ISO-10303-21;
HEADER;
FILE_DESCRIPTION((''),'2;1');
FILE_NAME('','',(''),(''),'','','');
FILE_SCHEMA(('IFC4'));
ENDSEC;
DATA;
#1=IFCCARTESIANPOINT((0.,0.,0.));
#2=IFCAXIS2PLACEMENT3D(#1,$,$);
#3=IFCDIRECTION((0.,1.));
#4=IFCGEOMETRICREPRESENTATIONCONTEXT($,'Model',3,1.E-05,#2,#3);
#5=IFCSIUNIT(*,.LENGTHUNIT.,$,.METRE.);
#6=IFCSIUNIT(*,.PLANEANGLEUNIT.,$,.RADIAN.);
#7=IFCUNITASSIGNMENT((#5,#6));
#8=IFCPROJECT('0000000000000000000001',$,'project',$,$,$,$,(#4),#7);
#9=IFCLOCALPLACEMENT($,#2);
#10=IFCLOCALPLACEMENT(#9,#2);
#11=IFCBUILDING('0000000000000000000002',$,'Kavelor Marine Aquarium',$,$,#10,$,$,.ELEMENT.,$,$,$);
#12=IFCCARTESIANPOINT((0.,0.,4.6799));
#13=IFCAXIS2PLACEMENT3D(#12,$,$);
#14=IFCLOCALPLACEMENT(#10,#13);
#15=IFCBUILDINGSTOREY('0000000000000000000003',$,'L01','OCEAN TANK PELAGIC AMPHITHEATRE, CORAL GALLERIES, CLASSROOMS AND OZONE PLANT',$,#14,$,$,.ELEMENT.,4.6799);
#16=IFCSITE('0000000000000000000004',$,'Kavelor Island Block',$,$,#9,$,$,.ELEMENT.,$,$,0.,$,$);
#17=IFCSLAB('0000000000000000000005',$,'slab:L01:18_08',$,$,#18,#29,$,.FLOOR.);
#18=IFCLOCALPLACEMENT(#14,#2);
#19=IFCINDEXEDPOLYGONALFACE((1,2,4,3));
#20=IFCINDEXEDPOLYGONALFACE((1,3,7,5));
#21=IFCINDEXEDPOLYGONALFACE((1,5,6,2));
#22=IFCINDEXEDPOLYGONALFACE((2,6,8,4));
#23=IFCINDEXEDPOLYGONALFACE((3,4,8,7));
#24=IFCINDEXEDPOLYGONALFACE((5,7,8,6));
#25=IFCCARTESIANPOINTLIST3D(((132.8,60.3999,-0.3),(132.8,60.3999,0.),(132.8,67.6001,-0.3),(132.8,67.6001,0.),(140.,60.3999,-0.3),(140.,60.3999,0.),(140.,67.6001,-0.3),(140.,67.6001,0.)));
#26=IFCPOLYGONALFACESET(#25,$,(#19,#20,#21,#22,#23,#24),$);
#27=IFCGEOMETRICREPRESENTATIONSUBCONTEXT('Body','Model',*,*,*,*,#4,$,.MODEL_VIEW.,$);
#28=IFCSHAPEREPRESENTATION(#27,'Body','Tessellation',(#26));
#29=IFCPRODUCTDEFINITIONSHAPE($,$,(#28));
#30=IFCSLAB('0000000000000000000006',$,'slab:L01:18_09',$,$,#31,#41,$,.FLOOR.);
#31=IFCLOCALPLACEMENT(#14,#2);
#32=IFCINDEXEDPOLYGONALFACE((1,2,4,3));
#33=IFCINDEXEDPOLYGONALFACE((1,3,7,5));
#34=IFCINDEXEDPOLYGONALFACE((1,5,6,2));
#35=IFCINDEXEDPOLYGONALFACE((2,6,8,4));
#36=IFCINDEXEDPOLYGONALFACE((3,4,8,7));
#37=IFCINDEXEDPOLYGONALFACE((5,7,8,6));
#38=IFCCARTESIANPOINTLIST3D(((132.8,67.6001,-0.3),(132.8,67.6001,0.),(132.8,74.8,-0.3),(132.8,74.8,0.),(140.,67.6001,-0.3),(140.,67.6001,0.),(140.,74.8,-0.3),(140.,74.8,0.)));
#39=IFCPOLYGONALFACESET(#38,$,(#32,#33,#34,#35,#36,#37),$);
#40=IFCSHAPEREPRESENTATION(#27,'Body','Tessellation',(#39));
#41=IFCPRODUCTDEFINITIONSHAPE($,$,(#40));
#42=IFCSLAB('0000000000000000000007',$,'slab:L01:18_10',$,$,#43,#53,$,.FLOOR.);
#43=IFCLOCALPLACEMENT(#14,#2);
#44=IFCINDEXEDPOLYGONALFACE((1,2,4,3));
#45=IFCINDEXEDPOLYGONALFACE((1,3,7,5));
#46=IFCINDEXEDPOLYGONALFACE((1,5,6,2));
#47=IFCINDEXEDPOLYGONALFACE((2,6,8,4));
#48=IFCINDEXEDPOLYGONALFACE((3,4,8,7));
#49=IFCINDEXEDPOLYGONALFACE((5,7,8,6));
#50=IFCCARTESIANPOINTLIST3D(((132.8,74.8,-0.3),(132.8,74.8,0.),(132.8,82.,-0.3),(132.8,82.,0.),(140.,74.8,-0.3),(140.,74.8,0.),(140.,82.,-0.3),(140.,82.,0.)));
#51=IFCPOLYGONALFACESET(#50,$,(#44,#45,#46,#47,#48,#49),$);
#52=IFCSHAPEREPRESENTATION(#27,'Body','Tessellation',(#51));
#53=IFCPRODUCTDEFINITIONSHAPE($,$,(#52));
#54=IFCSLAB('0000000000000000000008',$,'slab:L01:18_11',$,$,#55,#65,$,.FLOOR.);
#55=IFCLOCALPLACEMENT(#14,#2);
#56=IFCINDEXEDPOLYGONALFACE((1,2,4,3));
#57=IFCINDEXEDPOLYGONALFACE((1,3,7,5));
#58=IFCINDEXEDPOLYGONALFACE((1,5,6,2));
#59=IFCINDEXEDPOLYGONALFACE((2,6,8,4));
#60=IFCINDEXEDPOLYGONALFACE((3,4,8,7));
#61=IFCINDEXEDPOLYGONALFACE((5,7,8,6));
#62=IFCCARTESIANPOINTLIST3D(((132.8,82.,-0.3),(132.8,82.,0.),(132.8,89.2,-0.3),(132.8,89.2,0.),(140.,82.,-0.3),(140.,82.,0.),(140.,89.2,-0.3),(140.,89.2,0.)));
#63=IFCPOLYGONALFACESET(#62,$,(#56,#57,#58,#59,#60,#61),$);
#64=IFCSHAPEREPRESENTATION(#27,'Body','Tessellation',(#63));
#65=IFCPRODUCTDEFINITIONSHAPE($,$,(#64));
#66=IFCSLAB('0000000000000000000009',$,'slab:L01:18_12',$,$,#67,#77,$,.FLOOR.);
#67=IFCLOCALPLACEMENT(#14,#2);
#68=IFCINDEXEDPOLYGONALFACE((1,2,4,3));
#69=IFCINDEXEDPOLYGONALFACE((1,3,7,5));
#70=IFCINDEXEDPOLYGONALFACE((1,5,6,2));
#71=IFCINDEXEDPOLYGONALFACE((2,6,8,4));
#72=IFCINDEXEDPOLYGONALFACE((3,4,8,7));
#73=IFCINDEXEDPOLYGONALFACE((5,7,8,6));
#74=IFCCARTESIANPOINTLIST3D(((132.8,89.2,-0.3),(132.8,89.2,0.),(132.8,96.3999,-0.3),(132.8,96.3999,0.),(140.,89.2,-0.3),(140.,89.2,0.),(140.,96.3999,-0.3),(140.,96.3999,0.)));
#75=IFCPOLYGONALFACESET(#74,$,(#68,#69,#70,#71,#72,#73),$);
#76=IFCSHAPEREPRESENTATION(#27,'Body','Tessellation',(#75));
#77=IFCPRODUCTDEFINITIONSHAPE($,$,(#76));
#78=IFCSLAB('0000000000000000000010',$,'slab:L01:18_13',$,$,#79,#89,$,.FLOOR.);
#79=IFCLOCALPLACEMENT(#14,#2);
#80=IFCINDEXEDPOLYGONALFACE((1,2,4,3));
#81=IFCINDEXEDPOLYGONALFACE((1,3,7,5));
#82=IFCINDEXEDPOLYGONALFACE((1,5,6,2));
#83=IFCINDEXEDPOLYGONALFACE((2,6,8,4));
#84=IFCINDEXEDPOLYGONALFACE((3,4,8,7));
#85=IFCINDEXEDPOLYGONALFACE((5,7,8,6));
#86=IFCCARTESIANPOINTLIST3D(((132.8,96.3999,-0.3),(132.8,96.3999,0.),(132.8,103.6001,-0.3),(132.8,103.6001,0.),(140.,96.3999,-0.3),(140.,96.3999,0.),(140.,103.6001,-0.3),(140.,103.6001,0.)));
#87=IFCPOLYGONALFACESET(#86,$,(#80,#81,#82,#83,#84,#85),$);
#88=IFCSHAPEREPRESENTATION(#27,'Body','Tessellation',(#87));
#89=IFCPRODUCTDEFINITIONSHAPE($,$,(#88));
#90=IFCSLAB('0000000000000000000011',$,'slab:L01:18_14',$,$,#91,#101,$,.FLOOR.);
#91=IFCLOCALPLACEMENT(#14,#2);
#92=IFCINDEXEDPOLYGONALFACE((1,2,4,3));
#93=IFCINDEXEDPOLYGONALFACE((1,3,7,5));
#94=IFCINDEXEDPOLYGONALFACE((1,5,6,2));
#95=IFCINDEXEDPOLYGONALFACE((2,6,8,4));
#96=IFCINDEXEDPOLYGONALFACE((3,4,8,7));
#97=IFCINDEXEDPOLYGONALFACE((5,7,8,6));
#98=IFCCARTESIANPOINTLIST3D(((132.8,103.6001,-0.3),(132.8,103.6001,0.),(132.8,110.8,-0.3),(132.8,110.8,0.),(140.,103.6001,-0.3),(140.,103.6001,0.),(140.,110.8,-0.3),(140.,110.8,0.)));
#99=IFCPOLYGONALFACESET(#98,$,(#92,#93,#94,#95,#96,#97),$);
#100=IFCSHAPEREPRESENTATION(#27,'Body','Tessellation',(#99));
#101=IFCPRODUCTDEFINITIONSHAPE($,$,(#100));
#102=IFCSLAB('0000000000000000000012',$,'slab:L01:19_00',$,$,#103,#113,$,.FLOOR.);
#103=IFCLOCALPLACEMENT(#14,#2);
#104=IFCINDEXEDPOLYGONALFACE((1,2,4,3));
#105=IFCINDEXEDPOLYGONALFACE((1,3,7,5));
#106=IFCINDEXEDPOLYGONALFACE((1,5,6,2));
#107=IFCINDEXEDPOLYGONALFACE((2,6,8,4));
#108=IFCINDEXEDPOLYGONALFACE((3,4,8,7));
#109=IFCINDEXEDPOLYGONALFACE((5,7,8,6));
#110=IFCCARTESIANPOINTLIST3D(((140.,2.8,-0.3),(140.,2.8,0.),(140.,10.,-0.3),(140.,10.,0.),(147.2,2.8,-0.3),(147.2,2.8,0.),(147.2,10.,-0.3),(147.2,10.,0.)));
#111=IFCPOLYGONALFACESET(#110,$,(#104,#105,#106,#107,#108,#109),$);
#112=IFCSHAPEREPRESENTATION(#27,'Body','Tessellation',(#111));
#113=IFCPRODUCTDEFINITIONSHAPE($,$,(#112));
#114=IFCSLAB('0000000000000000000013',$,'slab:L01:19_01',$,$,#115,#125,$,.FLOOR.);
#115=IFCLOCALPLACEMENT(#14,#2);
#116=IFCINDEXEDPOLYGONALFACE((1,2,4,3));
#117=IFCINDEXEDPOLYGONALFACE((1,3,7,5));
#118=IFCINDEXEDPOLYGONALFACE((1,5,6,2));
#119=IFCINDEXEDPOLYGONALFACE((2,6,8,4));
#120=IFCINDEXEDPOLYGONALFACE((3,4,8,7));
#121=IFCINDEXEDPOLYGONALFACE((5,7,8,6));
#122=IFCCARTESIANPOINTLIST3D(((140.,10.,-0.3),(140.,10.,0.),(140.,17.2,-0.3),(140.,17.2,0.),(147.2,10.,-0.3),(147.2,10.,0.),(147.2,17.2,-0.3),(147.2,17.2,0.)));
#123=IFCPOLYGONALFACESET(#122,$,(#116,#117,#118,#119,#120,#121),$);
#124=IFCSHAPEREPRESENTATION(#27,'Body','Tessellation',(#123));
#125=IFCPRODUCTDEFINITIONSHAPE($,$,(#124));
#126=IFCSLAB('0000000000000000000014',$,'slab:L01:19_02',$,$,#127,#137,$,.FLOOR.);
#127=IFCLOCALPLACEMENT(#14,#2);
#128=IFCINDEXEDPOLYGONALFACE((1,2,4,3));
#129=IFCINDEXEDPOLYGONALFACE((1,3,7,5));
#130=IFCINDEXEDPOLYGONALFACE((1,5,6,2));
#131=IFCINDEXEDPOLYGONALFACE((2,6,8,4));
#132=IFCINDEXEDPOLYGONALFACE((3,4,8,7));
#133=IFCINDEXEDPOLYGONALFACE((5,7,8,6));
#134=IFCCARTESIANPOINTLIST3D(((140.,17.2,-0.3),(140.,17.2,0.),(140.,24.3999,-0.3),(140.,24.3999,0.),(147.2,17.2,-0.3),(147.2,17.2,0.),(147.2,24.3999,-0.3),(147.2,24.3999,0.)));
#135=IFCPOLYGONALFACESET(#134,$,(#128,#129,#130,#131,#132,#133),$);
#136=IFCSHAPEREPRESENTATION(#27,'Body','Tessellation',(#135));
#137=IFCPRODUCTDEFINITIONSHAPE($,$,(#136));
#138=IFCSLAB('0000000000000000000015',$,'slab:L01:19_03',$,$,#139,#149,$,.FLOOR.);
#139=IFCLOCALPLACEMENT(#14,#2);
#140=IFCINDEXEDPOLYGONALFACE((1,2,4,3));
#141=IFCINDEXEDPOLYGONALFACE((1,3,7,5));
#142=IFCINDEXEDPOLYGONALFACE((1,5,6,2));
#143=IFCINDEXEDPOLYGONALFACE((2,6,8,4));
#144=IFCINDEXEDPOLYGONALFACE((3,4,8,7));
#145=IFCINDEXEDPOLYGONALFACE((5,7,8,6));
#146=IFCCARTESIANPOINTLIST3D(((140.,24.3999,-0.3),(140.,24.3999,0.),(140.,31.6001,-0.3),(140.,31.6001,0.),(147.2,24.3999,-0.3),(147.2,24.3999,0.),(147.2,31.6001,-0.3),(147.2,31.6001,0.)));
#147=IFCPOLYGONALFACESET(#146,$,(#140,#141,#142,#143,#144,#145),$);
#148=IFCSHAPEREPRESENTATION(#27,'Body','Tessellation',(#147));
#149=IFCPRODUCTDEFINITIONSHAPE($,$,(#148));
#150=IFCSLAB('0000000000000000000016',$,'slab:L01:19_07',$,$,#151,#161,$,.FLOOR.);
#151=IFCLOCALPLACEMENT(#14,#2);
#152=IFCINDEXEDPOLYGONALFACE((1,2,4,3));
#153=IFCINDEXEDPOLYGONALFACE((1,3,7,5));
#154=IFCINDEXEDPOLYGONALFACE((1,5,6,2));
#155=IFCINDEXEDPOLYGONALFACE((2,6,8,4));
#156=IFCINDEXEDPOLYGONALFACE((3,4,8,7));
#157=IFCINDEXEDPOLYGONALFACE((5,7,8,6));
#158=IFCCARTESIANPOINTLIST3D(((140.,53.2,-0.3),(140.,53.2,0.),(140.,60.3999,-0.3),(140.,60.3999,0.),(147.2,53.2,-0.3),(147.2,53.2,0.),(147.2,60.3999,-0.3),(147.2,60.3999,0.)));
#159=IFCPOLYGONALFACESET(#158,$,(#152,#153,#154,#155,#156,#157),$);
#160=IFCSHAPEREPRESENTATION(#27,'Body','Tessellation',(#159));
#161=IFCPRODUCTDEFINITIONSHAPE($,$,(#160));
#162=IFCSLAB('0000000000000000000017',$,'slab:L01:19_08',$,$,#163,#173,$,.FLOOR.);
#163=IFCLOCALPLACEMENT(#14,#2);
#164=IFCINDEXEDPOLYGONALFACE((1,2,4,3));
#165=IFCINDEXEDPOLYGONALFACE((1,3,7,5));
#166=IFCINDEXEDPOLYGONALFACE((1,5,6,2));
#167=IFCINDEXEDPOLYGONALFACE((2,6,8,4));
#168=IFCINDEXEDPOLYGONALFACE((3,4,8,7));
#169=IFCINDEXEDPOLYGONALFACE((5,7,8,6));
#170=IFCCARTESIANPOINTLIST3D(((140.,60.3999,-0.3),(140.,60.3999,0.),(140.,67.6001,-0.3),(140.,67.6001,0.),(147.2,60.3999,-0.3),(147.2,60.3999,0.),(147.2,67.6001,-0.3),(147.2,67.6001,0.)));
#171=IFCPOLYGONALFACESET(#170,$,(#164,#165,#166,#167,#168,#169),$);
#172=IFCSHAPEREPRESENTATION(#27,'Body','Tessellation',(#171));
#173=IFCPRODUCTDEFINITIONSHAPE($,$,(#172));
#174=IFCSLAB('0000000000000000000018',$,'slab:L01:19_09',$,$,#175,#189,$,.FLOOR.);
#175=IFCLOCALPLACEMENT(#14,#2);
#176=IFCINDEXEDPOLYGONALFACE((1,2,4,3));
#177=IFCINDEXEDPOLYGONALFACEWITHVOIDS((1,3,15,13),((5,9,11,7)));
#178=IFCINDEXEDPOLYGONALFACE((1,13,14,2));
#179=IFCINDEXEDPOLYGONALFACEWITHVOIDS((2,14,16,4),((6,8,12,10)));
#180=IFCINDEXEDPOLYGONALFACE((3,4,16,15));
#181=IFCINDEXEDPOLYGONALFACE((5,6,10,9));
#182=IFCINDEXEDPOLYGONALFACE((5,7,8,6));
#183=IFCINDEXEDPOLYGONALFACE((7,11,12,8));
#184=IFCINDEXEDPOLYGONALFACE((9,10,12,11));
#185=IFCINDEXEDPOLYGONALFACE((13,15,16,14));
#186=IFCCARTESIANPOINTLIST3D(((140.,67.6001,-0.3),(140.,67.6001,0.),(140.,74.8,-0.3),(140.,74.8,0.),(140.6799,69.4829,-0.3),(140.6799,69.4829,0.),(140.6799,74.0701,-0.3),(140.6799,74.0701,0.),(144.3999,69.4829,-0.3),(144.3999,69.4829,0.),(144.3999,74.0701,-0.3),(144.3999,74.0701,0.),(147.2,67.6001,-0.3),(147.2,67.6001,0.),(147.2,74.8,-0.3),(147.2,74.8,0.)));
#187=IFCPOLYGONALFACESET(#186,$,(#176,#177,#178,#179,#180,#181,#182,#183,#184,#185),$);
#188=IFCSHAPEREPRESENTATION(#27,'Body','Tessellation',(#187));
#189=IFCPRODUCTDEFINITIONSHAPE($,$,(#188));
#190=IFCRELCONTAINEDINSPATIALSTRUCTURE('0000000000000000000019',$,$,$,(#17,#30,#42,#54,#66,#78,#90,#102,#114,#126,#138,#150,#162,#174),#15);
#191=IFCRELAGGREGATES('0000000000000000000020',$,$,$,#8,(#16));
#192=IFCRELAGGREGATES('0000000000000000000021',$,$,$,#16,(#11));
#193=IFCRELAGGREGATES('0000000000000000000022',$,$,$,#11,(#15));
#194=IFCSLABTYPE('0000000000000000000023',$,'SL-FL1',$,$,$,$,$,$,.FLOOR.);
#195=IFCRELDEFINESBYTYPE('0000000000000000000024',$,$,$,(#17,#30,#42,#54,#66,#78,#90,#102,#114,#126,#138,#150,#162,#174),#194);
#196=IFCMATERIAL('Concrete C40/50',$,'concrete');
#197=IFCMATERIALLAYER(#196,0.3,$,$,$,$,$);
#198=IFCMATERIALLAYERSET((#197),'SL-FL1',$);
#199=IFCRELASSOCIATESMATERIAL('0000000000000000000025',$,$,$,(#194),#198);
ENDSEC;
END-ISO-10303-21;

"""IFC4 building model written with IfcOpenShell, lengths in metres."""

from ifc_helpers import new_model, si_unit, direction, frame, origin, place, context, subcontext, project, spatial, polyline, outline, extrude, material, layer, layer_set, type_object, element, save


model = new_model("IFC4")

# Units and contexts
model_context = context("Model", 3, precision=1e-05, world=origin(), true_north=direction((0.0, 1.0)))
body_context = subcontext(model_context, "Body", "Model", "MODEL_VIEW")
ifc_project = project(units=[si_unit("LENGTHUNIT", "METRE"), si_unit("PLANEANGLEUNIT", "RADIAN")], contexts=[model_context])

# Site, building, storey
site_placement = place(None, origin())
site = spatial("IfcSite", under=ifc_project, at=site_placement, Name="Kavelor Island Block", CompositionType="ELEMENT", RefElevation=0.0)
building_placement = place(site_placement, origin())
building = spatial("IfcBuilding", under=site, at=building_placement, Name="Kavelor Marine Aquarium", CompositionType="ELEMENT")
storey_placement = place(building_placement, frame((0.0, 0.0, 4.6799)))
storey = spatial("IfcBuildingStorey", under=building, at=storey_placement, Name="L01", Description="OCEAN TANK PELAGIC AMPHITHEATRE, CORAL GALLERIES, CLASSROOMS AND OZONE PLANT", CompositionType="ELEMENT", Elevation=4.6799)

# Slabs
ifc_material = material(Name="Concrete C40/50", Category="concrete")
ifc_layer = layer(ifc_material, 0.3)
ifc_layer_set = layer_set([ifc_layer], Name="SL-FL1")
slab_type = type_object("IfcSlabType", Name="SL-FL1", PredefinedType="FLOOR", material=ifc_layer_set)
slab_1_placement = place(storey_placement, frame((0.0, 0.0, -0.3)))
element("IfcSlab", 1, at=slab_1_placement, inside=storey, type_object=slab_type, Name="slab:L01:18_08", PredefinedType="FLOOR", context=body_context, shape_type="SweptSolid", body=[
    extrude(outline(polyline([(132.8, 60.3999), (140.0, 60.3999), (140.0, 67.6001), (132.8, 67.6001), (132.8, 60.3999)])), origin(), (0.0, 0.0, 1.0), 0.3),
])
slab_2_placement = place(storey_placement, frame((0.0, 0.0, -0.3)))
element("IfcSlab", 2, at=slab_2_placement, inside=storey, type_object=slab_type, Name="slab:L01:18_09", PredefinedType="FLOOR", context=body_context, shape_type="SweptSolid", body=[
    extrude(outline(polyline([(132.8, 67.6001), (140.0, 67.6001), (140.0, 74.8), (132.8, 74.8), (132.8, 67.6001)])), origin(), (0.0, 0.0, 1.0), 0.3),
])
slab_3_placement = place(storey_placement, frame((0.0, 0.0, -0.3)))
element("IfcSlab", 3, at=slab_3_placement, inside=storey, type_object=slab_type, Name="slab:L01:18_10", PredefinedType="FLOOR", context=body_context, shape_type="SweptSolid", body=[
    extrude(outline(polyline([(132.8, 74.8), (140.0, 74.8), (140.0, 82.0), (132.8, 82.0), (132.8, 74.8)])), origin(), (0.0, 0.0, 1.0), 0.3),
])
slab_4_placement = place(storey_placement, frame((0.0, 0.0, -0.3)))
element("IfcSlab", 4, at=slab_4_placement, inside=storey, type_object=slab_type, Name="slab:L01:18_11", PredefinedType="FLOOR", context=body_context, shape_type="SweptSolid", body=[
    extrude(outline(polyline([(132.8, 82.0), (140.0, 82.0), (140.0, 89.2), (132.8, 89.2), (132.8, 82.0)])), origin(), (0.0, 0.0, 1.0), 0.3),
])
slab_5_placement = place(storey_placement, frame((0.0, 0.0, -0.3)))
element("IfcSlab", 5, at=slab_5_placement, inside=storey, type_object=slab_type, Name="slab:L01:18_12", PredefinedType="FLOOR", context=body_context, shape_type="SweptSolid", body=[
    extrude(outline(polyline([(132.8, 89.2), (140.0, 89.2), (140.0, 96.3999), (132.8, 96.3999), (132.8, 89.2)])), origin(), (0.0, 0.0, 1.0), 0.3),
])
slab_6_placement = place(storey_placement, frame((0.0, 0.0, -0.3)))
element("IfcSlab", 6, at=slab_6_placement, inside=storey, type_object=slab_type, Name="slab:L01:18_13", PredefinedType="FLOOR", context=body_context, shape_type="SweptSolid", body=[
    extrude(outline(polyline([(132.8, 96.3999), (140.0, 96.3999), (140.0, 103.6001), (132.8, 103.6001), (132.8, 96.3999)])), origin(), (0.0, 0.0, 1.0), 0.3),
])
slab_7_placement = place(storey_placement, frame((0.0, 0.0, -0.3)))
element("IfcSlab", 7, at=slab_7_placement, inside=storey, type_object=slab_type, Name="slab:L01:18_14", PredefinedType="FLOOR", context=body_context, shape_type="SweptSolid", body=[
    extrude(outline(polyline([(132.8, 103.6001), (140.0, 103.6001), (140.0, 110.8), (132.8, 110.8), (132.8, 103.6001)])), origin(), (0.0, 0.0, 1.0), 0.3),
])
slab_8_placement = place(storey_placement, frame((0.0, 0.0, -0.3)))
element("IfcSlab", 8, at=slab_8_placement, inside=storey, type_object=slab_type, Name="slab:L01:19_00", PredefinedType="FLOOR", context=body_context, shape_type="SweptSolid", body=[
    extrude(outline(polyline([(140.0, 2.8), (147.2, 2.8), (147.2, 10.0), (140.0, 10.0), (140.0, 2.8)])), origin(), (0.0, 0.0, 1.0), 0.3),
])
slab_9_placement = place(storey_placement, frame((0.0, 0.0, -0.3)))
element("IfcSlab", 9, at=slab_9_placement, inside=storey, type_object=slab_type, Name="slab:L01:19_01", PredefinedType="FLOOR", context=body_context, shape_type="SweptSolid", body=[
    extrude(outline(polyline([(140.0, 10.0), (147.2, 10.0), (147.2, 17.2), (140.0, 17.2), (140.0, 10.0)])), origin(), (0.0, 0.0, 1.0), 0.3),
])
slab_10_placement = place(storey_placement, frame((0.0, 0.0, -0.3)))
element("IfcSlab", 10, at=slab_10_placement, inside=storey, type_object=slab_type, Name="slab:L01:19_02", PredefinedType="FLOOR", context=body_context, shape_type="SweptSolid", body=[
    extrude(outline(polyline([(140.0, 17.2), (147.2, 17.2), (147.2, 24.3999), (140.0, 24.3999), (140.0, 17.2)])), origin(), (0.0, 0.0, 1.0), 0.3),
])
slab_11_placement = place(storey_placement, frame((0.0, 0.0, -0.3)))
element("IfcSlab", 11, at=slab_11_placement, inside=storey, type_object=slab_type, Name="slab:L01:19_03", PredefinedType="FLOOR", context=body_context, shape_type="SweptSolid", body=[
    extrude(outline(polyline([(140.0, 24.3999), (147.2, 24.3999), (147.2, 31.6001), (140.0, 31.6001), (140.0, 24.3999)])), origin(), (0.0, 0.0, 1.0), 0.3),
])
slab_12_placement = place(storey_placement, frame((0.0, 0.0, -0.3)))
element("IfcSlab", 12, at=slab_12_placement, inside=storey, type_object=slab_type, Name="slab:L01:19_07", PredefinedType="FLOOR", context=body_context, shape_type="SweptSolid", body=[
    extrude(outline(polyline([(140.0, 53.2), (147.2, 53.2), (147.2, 60.3999), (140.0, 60.3999), (140.0, 53.2)])), origin(), (0.0, 0.0, 1.0), 0.3),
])
slab_13_placement = place(storey_placement, frame((0.0, 0.0, -0.3)))
element("IfcSlab", 13, at=slab_13_placement, inside=storey, type_object=slab_type, Name="slab:L01:19_08", PredefinedType="FLOOR", context=body_context, shape_type="SweptSolid", body=[
    extrude(outline(polyline([(140.0, 60.3999), (147.2, 60.3999), (147.2, 67.6001), (140.0, 67.6001), (140.0, 60.3999)])), origin(), (0.0, 0.0, 1.0), 0.3),
])
slab_14_placement = place(storey_placement, frame((0.0, 0.0, -0.3)))
element("IfcSlab", 14, at=slab_14_placement, inside=storey, type_object=slab_type, Name="slab:L01:19_09", PredefinedType="FLOOR", context=body_context, shape_type="SweptSolid", body=[
    extrude(outline(polyline([(140.0, 67.6001), (147.2, 67.6001), (147.2, 74.8), (140.0, 74.8), (140.0, 67.6001)]), holes=[polyline([(140.6799, 69.4829), (144.3999, 69.4829), (144.3999, 74.0701), (140.6799, 74.0701), (140.6799, 69.4829)])]), origin(), (0.0, 0.0, 1.0), 0.3),
])

save(model, "model.ifc")
